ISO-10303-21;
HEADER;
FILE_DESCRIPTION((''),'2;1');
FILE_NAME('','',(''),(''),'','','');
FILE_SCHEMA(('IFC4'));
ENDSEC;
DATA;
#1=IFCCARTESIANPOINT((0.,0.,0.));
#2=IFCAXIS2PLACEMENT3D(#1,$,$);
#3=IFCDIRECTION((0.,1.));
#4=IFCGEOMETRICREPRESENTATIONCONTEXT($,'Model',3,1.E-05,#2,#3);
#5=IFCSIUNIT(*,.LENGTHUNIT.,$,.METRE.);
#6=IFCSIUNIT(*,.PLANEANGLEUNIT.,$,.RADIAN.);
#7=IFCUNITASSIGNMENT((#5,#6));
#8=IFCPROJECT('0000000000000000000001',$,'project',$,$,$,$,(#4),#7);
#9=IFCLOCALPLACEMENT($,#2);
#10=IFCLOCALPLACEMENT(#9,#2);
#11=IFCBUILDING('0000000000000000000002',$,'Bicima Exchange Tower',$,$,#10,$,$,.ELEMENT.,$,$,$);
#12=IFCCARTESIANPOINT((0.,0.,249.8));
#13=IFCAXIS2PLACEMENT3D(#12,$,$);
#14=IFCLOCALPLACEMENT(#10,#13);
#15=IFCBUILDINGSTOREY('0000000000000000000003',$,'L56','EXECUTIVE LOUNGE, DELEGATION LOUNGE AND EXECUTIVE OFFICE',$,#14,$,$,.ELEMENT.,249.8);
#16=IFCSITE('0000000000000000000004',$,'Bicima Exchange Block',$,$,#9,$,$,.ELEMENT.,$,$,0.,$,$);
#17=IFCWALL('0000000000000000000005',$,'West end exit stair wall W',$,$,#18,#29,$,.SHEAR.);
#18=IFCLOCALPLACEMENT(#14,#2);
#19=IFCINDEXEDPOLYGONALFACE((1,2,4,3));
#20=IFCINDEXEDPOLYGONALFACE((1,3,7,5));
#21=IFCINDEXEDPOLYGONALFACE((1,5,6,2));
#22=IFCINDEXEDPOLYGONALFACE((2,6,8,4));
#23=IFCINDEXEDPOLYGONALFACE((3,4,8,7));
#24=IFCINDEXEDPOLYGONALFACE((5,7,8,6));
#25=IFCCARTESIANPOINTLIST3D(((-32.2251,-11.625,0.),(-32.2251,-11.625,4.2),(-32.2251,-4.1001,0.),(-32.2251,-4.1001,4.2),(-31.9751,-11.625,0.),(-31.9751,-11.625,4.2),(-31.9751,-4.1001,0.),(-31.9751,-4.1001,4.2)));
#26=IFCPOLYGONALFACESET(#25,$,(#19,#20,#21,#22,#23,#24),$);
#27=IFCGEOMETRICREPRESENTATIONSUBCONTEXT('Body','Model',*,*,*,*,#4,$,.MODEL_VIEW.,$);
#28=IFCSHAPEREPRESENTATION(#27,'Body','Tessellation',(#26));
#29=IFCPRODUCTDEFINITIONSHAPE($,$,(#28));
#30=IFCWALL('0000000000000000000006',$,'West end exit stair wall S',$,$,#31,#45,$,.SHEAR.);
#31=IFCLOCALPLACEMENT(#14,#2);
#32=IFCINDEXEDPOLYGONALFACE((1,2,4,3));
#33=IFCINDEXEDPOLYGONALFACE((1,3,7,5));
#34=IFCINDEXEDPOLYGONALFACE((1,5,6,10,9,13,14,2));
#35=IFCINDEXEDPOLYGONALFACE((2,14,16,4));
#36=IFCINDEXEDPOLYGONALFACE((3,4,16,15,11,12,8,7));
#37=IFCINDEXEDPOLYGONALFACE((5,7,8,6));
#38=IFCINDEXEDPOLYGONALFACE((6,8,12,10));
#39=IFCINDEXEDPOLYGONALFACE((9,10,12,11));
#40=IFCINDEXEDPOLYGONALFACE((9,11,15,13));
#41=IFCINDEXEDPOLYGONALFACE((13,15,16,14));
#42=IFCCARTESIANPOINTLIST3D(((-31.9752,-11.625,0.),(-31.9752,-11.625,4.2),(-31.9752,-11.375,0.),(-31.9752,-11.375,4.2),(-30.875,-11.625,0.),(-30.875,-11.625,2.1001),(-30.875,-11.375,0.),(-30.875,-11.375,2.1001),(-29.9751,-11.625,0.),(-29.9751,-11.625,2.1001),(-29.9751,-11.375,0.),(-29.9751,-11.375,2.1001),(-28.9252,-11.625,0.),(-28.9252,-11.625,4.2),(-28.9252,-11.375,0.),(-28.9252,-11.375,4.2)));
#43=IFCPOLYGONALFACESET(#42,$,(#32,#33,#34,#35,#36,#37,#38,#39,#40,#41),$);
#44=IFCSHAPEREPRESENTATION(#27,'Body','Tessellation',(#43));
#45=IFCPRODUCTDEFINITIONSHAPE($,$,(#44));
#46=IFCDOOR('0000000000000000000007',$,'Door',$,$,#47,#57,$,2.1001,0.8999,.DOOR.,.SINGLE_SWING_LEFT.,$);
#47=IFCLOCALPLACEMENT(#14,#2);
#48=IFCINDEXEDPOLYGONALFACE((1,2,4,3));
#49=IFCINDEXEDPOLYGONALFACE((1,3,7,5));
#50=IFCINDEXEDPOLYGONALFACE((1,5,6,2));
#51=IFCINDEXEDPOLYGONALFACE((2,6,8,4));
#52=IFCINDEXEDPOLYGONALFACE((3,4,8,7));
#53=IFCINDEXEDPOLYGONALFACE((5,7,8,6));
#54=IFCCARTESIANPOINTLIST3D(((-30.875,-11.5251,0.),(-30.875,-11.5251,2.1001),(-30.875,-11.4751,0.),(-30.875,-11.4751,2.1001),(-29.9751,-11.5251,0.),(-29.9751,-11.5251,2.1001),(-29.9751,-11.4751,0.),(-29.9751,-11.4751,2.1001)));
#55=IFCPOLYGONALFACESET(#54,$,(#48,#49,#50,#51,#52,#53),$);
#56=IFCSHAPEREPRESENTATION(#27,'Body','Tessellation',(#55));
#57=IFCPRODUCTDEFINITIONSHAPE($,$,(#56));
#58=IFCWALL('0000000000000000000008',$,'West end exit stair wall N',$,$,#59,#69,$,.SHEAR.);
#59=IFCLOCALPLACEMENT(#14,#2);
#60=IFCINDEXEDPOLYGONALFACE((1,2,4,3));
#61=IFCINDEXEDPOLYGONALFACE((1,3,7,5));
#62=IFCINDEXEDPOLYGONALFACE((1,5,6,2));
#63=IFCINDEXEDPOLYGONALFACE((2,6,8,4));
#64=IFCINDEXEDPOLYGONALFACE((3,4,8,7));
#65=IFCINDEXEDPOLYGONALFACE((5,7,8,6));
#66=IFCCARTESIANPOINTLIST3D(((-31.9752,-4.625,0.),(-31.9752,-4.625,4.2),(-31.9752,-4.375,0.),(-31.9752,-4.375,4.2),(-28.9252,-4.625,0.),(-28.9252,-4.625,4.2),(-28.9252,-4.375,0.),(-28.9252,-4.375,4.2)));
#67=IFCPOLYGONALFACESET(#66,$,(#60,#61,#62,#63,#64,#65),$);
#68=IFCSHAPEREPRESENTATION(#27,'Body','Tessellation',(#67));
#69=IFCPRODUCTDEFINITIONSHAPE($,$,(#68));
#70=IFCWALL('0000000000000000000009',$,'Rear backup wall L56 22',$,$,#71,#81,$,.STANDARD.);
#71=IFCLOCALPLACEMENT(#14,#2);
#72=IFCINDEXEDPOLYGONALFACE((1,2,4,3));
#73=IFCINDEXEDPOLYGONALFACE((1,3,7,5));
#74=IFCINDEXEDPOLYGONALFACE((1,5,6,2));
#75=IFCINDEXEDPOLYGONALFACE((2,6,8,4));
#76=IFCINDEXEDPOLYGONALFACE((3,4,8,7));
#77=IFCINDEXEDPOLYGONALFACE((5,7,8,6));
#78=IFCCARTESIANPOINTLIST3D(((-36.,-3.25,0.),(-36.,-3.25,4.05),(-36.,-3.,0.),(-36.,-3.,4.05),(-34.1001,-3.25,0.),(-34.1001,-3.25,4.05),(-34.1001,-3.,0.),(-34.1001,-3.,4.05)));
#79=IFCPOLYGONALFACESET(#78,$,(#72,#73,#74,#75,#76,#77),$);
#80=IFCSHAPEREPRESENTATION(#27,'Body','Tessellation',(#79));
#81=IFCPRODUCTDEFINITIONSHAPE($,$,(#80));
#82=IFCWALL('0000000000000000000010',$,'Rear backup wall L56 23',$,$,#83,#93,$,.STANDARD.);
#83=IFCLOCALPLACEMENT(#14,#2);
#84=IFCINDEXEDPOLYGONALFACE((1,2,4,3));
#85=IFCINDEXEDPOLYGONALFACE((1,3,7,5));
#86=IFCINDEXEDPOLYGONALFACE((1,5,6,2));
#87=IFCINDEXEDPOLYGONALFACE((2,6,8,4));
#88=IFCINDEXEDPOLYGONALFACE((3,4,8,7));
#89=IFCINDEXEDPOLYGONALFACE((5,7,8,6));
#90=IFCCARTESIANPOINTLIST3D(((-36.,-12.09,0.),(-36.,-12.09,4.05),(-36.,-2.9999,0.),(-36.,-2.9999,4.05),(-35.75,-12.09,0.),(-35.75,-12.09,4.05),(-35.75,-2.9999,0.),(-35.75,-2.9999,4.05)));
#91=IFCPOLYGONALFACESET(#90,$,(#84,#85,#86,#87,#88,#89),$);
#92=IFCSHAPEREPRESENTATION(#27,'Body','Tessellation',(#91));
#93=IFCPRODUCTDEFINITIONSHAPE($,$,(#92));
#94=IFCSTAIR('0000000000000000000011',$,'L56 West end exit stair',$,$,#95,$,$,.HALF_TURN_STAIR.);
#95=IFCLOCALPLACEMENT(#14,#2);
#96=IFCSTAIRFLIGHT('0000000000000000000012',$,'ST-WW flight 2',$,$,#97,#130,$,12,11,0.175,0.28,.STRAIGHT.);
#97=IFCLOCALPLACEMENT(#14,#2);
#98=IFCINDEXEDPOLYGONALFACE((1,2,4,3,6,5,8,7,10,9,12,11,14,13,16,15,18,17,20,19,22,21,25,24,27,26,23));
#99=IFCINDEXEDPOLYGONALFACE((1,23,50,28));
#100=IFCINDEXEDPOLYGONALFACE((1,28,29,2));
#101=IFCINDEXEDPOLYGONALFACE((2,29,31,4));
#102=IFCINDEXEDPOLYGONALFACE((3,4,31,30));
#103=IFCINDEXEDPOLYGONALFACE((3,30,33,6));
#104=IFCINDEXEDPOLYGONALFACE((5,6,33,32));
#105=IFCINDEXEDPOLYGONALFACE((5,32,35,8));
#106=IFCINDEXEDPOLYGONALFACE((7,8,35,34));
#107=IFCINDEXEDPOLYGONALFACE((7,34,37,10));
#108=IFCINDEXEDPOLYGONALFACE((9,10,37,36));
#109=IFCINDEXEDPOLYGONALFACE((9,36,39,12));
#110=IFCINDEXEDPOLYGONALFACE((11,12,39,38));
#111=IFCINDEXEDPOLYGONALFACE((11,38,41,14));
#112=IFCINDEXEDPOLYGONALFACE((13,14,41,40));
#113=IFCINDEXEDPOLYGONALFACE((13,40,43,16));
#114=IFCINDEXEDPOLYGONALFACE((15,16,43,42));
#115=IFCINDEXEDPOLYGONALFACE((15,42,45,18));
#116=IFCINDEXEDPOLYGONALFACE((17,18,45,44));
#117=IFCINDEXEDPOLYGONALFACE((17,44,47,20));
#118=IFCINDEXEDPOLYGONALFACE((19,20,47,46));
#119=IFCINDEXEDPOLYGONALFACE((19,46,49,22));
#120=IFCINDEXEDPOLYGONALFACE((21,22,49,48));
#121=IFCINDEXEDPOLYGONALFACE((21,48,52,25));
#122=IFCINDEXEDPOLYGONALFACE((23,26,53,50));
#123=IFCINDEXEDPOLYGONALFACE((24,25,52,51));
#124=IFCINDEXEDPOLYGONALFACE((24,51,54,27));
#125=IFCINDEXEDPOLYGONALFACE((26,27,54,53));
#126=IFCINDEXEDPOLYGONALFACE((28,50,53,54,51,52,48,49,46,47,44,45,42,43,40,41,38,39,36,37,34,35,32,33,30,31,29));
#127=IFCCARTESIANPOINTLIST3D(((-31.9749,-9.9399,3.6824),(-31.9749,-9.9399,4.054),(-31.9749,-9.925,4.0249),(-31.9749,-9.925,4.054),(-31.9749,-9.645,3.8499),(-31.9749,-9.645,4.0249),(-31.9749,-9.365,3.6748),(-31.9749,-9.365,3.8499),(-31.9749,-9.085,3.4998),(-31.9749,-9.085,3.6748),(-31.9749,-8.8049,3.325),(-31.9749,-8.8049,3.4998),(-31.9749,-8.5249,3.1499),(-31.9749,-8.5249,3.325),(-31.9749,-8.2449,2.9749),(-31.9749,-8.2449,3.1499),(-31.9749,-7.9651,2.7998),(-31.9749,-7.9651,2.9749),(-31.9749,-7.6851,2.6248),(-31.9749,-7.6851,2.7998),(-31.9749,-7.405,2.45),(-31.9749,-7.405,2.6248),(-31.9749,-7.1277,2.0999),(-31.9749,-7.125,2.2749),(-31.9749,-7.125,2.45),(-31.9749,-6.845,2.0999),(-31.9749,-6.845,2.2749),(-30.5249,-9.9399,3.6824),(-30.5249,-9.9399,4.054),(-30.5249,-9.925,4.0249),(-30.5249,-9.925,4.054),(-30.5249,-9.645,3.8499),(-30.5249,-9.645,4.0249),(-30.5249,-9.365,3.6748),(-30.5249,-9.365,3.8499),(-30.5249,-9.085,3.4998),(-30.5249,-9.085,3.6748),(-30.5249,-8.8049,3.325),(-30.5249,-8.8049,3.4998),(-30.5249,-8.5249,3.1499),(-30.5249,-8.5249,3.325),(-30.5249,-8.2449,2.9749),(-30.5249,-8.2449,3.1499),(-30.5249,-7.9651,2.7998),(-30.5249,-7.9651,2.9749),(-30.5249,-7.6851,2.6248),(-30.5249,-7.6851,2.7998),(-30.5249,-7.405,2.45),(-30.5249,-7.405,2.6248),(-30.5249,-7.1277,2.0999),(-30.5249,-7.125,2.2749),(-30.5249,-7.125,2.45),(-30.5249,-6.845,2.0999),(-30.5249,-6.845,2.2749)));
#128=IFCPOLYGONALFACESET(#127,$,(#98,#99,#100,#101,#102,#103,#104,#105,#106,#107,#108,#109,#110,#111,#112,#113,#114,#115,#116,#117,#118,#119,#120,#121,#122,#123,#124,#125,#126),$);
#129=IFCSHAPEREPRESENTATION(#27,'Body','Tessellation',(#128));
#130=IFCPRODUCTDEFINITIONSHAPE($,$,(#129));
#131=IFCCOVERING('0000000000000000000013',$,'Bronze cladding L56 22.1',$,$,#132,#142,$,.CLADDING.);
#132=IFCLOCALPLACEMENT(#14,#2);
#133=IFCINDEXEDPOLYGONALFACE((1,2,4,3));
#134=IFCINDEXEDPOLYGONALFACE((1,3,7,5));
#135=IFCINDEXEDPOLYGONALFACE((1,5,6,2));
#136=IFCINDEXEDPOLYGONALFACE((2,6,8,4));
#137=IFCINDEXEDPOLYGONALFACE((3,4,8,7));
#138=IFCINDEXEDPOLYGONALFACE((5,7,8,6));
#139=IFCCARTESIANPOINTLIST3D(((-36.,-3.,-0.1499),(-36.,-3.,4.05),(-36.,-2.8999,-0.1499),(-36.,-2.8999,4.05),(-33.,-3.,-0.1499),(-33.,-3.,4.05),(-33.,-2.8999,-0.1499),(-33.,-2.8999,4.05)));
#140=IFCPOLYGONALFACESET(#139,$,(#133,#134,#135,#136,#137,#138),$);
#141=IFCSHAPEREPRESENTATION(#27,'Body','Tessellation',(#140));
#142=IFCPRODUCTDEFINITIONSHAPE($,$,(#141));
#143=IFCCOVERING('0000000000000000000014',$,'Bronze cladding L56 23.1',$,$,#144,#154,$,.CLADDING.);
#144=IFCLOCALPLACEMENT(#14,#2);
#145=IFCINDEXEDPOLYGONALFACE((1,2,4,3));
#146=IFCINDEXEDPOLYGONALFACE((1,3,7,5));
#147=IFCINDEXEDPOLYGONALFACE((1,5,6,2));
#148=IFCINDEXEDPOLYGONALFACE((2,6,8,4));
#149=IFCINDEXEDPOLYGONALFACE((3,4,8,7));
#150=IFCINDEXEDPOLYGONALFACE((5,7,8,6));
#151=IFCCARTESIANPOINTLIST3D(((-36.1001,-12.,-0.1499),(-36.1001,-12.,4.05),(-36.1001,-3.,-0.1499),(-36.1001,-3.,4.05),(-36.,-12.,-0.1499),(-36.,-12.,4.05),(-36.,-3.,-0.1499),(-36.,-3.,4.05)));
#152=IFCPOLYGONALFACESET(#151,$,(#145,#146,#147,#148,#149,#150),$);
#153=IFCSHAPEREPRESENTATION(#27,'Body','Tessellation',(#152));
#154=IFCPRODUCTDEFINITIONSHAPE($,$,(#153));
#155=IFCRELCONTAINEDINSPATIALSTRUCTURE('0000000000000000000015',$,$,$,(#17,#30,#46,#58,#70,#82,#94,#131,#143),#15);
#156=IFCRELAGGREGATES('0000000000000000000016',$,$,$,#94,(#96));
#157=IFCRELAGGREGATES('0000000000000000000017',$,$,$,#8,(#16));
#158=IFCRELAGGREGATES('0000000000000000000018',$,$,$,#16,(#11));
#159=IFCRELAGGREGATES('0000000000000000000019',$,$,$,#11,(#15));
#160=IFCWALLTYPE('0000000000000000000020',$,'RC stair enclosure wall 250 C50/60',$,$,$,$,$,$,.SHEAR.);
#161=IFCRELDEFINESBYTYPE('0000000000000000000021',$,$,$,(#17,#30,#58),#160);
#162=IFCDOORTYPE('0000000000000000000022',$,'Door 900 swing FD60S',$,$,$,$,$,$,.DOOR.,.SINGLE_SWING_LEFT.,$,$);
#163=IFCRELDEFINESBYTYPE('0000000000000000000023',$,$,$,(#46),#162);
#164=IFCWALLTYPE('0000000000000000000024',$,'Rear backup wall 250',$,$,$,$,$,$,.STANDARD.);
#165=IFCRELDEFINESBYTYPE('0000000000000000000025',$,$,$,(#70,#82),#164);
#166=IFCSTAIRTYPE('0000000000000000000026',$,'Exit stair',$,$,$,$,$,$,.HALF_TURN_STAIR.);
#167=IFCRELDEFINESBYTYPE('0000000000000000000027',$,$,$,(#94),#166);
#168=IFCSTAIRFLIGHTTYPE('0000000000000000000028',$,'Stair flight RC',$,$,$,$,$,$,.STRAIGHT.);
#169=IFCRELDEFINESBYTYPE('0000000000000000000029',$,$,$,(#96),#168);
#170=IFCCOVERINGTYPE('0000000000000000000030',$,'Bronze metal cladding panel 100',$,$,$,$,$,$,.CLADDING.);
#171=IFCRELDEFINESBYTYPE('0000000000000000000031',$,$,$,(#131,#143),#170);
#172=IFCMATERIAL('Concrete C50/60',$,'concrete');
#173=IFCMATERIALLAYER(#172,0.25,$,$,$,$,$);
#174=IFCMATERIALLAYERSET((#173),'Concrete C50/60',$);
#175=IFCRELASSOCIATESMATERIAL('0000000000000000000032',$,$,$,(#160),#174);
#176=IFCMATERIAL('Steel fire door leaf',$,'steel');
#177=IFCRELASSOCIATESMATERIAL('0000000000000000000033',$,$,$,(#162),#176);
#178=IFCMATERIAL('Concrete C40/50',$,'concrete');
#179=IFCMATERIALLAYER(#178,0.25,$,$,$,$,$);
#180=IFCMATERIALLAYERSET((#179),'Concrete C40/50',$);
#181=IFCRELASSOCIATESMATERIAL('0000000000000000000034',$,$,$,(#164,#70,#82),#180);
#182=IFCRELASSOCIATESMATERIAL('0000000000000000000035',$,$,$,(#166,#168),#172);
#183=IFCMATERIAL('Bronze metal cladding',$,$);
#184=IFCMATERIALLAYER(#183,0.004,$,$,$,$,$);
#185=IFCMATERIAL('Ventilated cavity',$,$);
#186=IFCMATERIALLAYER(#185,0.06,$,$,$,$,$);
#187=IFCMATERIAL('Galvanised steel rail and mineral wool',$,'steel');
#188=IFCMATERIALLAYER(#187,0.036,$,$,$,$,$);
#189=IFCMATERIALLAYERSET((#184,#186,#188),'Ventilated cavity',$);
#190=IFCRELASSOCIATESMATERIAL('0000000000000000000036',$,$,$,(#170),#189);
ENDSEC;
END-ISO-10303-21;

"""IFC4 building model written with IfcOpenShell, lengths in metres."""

from ifc_helpers import new_model, si_unit, direction, frame, frame_2d, origin, origin_2d, place, context, subcontext, project, spatial, polyline, rectangle, outline, extrude, material, layer, layer_set, layer_usage, type_object, element, fill, aggregate, save


model = new_model("IFC4")

# Units and contexts
model_context = context("Model", 3, precision=1e-05, world=origin(), true_north=direction((0.0, 1.0)))
body_context = subcontext(model_context, "Body", "Model", "MODEL_VIEW")
ifc_project = project(units=[si_unit("LENGTHUNIT", "METRE"), si_unit("PLANEANGLEUNIT", "RADIAN")], contexts=[model_context])

# Site, building, storey
site_placement = place(None, origin())
site = spatial("IfcSite", under=ifc_project, at=site_placement, Name="Bicima Exchange Block", CompositionType="ELEMENT", RefElevation=0.0)
building_placement = place(site_placement, origin())
building = spatial("IfcBuilding", under=site, at=building_placement, Name="Bicima Exchange Tower", CompositionType="ELEMENT")
storey_placement = place(building_placement, frame((0.0, 0.0, 249.8)))
storey = spatial("IfcBuildingStorey", under=building, at=storey_placement, Name="L56", Description="EXECUTIVE LOUNGE, DELEGATION LOUNGE AND EXECUTIVE OFFICE", CompositionType="ELEMENT", Elevation=249.8)

# Wall
ifc_material_1 = material(Name="Concrete C50/60", Category="concrete")
ifc_layer_1 = layer(ifc_material_1, 0.25)
ifc_layer_set_1 = layer_set([ifc_layer_1], Name="Concrete C50/60")
wall_type_1 = type_object("IfcWallType", Name="RC stair enclosure wall 250 C50/60", PredefinedType="SHEAR", material=ifc_layer_set_1)
wall_1_placement = place(storey_placement, frame((-32.1001, -11.625, 0.0), z_axis=(0.0, 0.0, 1.0), x_axis=(0.0, 1.0, 0.0)))
element("IfcWall", 1, at=wall_1_placement, inside=storey, type_object=wall_type_1, Name="West end exit stair wall W", PredefinedType="SHEAR", context=body_context, shape_type="SweptSolid", body=[
    extrude(rectangle(XDim=7.5249, YDim=0.25, at=frame_2d((3.7625, 0.0))), origin(), (0.0, 0.0, 1.0), 4.2),
])

# Wall, opening, door
wall_2_placement = place(storey_placement, frame((-31.9751, -11.5, 0.0), z_axis=(0.0, 0.0, 1.0), x_axis=(1.0, 0.0, 0.0)))
wall_2 = element("IfcWall", 2, at=wall_2_placement, inside=storey, type_object=wall_type_1, Name="West end exit stair wall S", PredefinedType="SHEAR", context=body_context, shape_type="SweptSolid", body=[
    extrude(rectangle(XDim=3.05, YDim=0.25, at=frame_2d((1.5249, 0.0))), origin(), (0.0, 0.0, 1.0), 4.2),
])
opening_placement = place(wall_2_placement, frame((1.1001, 0.0, 0.0)))
opening = element("IfcOpeningElement", 3, at=opening_placement, cuts=wall_2, PredefinedType="OPENING", context=body_context, shape_type="SweptSolid", body=[
    extrude(rectangle(XDim=0.8999, YDim=2.1001, at=frame_2d((0.45, 1.05))), frame((0.0, 0.137, 0.0), z_axis=(0.0, -1.0, 0.0), x_axis=(1.0, 0.0, 0.0)), (0.0, 0.0, 1.0), 0.2739),
])
ifc_material_2 = material(Name="Steel fire door leaf", Category="steel")
door_type = type_object("IfcDoorType", Name="Door 900 swing FD60S", OperationType="SINGLE_SWING_LEFT", PredefinedType="DOOR", material=ifc_material_2)
door_placement = place(opening_placement, origin())
door = element("IfcDoor", 4, at=door_placement, inside=storey, type_object=door_type, Name="Door", OperationType="SINGLE_SWING_LEFT", OverallHeight=2.1001, OverallWidth=0.8999, PredefinedType="DOOR", context=body_context, shape_type="SweptSolid", body=[
    extrude(rectangle(XDim=0.8999, YDim=2.1001, at=frame_2d((0.45, 1.05))), frame((0.0, 0.0249, 0.0), z_axis=(0.0, -1.0, 0.0), x_axis=(1.0, 0.0, 0.0)), (0.0, 0.0, 1.0), 0.05),
])
fill(opening, door)

# Walls
wall_3_placement = place(storey_placement, frame((-31.9751, -4.5, 0.0), z_axis=(0.0, 0.0, 1.0), x_axis=(1.0, 0.0, 0.0)))
element("IfcWall", 5, at=wall_3_placement, inside=storey, type_object=wall_type_1, Name="West end exit stair wall N", PredefinedType="SHEAR", context=body_context, shape_type="SweptSolid", body=[
    extrude(rectangle(XDim=3.05, YDim=0.25, at=frame_2d((1.5249, 0.0))), origin(), (0.0, 0.0, 1.0), 4.2),
])
ifc_material_3 = material(Name="Concrete C40/50", Category="concrete")
ifc_layer_2 = layer(ifc_material_3, 0.25)
ifc_layer_set_2 = layer_set([ifc_layer_2], Name="Concrete C40/50")
ifc_layer_usage = layer_usage(ifc_layer_set_2, "AXIS2", "POSITIVE", -0.125)
wall_type_2 = type_object("IfcWallType", Name="Rear backup wall 250", PredefinedType="STANDARD", material=ifc_layer_set_2)
wall_4_placement = place(storey_placement, frame((-34.1001, -3.125, 0.0), z_axis=(0.0, 0.0, 1.0), x_axis=(-1.0, 0.0, 0.0)))
element("IfcWall", 6, at=wall_4_placement, inside=storey, type_object=wall_type_2, material=ifc_layer_usage, Name="Rear backup wall L56 22", PredefinedType="STANDARD", context=body_context, shape_type="SweptSolid", body=[
    extrude(rectangle(XDim=1.8999, YDim=0.25, at=frame_2d((0.95, 0.0))), origin(), (0.0, 0.0, 1.0), 4.05),
])
wall_5_placement = place(storey_placement, frame((-35.875, -3.0, 0.0), z_axis=(0.0, 0.0, 1.0), x_axis=(0.0, -1.0, 0.0)))
element("IfcWall", 7, at=wall_5_placement, inside=storey, type_object=wall_type_2, material=ifc_layer_usage, Name="Rear backup wall L56 23", PredefinedType="STANDARD", context=body_context, shape_type="SweptSolid", body=[
    extrude(rectangle(XDim=9.0901, YDim=0.25, at=frame_2d((4.5449, 0.0))), origin(), (0.0, 0.0, 1.0), 4.05),
])

# Stair, stair flight
stair_type = type_object("IfcStairType", Name="Exit stair", PredefinedType="HALF_TURN_STAIR", material=ifc_material_1)
stair_placement = place(storey_placement, origin())
stair = element("IfcStair", 8, at=stair_placement, inside=storey, type_object=stair_type, Name="L56 West end exit stair", PredefinedType="HALF_TURN_STAIR")
stair_flight_type = type_object("IfcStairFlightType", Name="Stair flight RC", PredefinedType="STRAIGHT", material=ifc_material_1)
stair_flight_placement = place(storey_placement, frame((-31.25, -6.845, 2.0999), z_axis=(0.0, 0.0, 1.0), x_axis=(0.0, -1.0, 0.0)))
stair_flight = element("IfcStairFlight", 9, at=stair_flight_placement, type_object=stair_flight_type, Name="ST-WW flight 2", NumberOfRisers=12, NumberOfTreads=11, PredefinedType="STRAIGHT", RiserHeight=0.175, TreadLength=0.28, context=body_context, shape_type="SweptSolid", body=[
    extrude(outline(polyline([(0.0, 0.0), (0.0, 0.175), (0.28, 0.175), (0.28, 0.3501), (0.5601, 0.3501), (0.5601, 0.5249), (0.8401, 0.5249), (0.8401, 0.7), (1.1201, 0.7), (1.1201, 0.875), (1.3999, 0.875), (1.3999, 1.05), (1.6799, 1.05), (1.6799, 1.2251), (1.96, 1.2251), (1.96, 1.3999), (2.24, 1.3999), (2.24, 1.575), (2.52, 1.575), (2.52, 1.75), (2.8, 1.75), (2.8, 1.925), (3.0801, 1.925), (3.0801, 1.9541), (3.095, 1.9541), (3.095, 1.5825), (0.2827, 0.0), (0.0, 0.0)])), frame((0.0, 0.7251, 0.0), z_axis=(0.0, -1.0, 0.0), x_axis=(1.0, 0.0, 0.0)), (0.0, 0.0, 1.0), 1.45),
])
aggregate(stair, [stair_flight])

# Coverings
ifc_material_4 = material(Name="Bronze metal cladding")
ifc_layer_3 = layer(ifc_material_4, 0.004)
ifc_material_5 = material(Name="Ventilated cavity")
ifc_layer_4 = layer(ifc_material_5, 0.06)
ifc_material_6 = material(Name="Galvanised steel rail and mineral wool", Category="steel")
ifc_layer_5 = layer(ifc_material_6, 0.036)
ifc_layer_set_3 = layer_set([ifc_layer_3, ifc_layer_4, ifc_layer_5], Name="Ventilated cavity")
covering_type = type_object("IfcCoveringType", Name="Bronze metal cladding panel 100", PredefinedType="CLADDING", material=ifc_layer_set_3)
covering_1_placement = place(storey_placement, frame((-34.5, -2.95, -0.1499), z_axis=(0.0, 0.0, 1.0), x_axis=(-1.0, 0.0, 0.0)))
element("IfcCovering", 10, at=covering_1_placement, inside=storey, type_object=covering_type, Name="Bronze cladding L56 22.1", PredefinedType="CLADDING", context=body_context, shape_type="SweptSolid", body=[
    extrude(rectangle(XDim=3.0, YDim=0.1001, at=origin_2d()), origin(), (0.0, 0.0, 1.0), 4.2),
])
covering_2_placement = place(storey_placement, frame((-36.05, -7.5, -0.1499), z_axis=(0.0, 0.0, 1.0), x_axis=(0.0, -1.0, 0.0)))
element("IfcCovering", 11, at=covering_2_placement, inside=storey, type_object=covering_type, Name="Bronze cladding L56 23.1", PredefinedType="CLADDING", context=body_context, shape_type="SweptSolid", body=[
    extrude(rectangle(XDim=9.0, YDim=0.1001, at=origin_2d()), origin(), (0.0, 0.0, 1.0), 4.2),
])

save(model, "model.ifc")
